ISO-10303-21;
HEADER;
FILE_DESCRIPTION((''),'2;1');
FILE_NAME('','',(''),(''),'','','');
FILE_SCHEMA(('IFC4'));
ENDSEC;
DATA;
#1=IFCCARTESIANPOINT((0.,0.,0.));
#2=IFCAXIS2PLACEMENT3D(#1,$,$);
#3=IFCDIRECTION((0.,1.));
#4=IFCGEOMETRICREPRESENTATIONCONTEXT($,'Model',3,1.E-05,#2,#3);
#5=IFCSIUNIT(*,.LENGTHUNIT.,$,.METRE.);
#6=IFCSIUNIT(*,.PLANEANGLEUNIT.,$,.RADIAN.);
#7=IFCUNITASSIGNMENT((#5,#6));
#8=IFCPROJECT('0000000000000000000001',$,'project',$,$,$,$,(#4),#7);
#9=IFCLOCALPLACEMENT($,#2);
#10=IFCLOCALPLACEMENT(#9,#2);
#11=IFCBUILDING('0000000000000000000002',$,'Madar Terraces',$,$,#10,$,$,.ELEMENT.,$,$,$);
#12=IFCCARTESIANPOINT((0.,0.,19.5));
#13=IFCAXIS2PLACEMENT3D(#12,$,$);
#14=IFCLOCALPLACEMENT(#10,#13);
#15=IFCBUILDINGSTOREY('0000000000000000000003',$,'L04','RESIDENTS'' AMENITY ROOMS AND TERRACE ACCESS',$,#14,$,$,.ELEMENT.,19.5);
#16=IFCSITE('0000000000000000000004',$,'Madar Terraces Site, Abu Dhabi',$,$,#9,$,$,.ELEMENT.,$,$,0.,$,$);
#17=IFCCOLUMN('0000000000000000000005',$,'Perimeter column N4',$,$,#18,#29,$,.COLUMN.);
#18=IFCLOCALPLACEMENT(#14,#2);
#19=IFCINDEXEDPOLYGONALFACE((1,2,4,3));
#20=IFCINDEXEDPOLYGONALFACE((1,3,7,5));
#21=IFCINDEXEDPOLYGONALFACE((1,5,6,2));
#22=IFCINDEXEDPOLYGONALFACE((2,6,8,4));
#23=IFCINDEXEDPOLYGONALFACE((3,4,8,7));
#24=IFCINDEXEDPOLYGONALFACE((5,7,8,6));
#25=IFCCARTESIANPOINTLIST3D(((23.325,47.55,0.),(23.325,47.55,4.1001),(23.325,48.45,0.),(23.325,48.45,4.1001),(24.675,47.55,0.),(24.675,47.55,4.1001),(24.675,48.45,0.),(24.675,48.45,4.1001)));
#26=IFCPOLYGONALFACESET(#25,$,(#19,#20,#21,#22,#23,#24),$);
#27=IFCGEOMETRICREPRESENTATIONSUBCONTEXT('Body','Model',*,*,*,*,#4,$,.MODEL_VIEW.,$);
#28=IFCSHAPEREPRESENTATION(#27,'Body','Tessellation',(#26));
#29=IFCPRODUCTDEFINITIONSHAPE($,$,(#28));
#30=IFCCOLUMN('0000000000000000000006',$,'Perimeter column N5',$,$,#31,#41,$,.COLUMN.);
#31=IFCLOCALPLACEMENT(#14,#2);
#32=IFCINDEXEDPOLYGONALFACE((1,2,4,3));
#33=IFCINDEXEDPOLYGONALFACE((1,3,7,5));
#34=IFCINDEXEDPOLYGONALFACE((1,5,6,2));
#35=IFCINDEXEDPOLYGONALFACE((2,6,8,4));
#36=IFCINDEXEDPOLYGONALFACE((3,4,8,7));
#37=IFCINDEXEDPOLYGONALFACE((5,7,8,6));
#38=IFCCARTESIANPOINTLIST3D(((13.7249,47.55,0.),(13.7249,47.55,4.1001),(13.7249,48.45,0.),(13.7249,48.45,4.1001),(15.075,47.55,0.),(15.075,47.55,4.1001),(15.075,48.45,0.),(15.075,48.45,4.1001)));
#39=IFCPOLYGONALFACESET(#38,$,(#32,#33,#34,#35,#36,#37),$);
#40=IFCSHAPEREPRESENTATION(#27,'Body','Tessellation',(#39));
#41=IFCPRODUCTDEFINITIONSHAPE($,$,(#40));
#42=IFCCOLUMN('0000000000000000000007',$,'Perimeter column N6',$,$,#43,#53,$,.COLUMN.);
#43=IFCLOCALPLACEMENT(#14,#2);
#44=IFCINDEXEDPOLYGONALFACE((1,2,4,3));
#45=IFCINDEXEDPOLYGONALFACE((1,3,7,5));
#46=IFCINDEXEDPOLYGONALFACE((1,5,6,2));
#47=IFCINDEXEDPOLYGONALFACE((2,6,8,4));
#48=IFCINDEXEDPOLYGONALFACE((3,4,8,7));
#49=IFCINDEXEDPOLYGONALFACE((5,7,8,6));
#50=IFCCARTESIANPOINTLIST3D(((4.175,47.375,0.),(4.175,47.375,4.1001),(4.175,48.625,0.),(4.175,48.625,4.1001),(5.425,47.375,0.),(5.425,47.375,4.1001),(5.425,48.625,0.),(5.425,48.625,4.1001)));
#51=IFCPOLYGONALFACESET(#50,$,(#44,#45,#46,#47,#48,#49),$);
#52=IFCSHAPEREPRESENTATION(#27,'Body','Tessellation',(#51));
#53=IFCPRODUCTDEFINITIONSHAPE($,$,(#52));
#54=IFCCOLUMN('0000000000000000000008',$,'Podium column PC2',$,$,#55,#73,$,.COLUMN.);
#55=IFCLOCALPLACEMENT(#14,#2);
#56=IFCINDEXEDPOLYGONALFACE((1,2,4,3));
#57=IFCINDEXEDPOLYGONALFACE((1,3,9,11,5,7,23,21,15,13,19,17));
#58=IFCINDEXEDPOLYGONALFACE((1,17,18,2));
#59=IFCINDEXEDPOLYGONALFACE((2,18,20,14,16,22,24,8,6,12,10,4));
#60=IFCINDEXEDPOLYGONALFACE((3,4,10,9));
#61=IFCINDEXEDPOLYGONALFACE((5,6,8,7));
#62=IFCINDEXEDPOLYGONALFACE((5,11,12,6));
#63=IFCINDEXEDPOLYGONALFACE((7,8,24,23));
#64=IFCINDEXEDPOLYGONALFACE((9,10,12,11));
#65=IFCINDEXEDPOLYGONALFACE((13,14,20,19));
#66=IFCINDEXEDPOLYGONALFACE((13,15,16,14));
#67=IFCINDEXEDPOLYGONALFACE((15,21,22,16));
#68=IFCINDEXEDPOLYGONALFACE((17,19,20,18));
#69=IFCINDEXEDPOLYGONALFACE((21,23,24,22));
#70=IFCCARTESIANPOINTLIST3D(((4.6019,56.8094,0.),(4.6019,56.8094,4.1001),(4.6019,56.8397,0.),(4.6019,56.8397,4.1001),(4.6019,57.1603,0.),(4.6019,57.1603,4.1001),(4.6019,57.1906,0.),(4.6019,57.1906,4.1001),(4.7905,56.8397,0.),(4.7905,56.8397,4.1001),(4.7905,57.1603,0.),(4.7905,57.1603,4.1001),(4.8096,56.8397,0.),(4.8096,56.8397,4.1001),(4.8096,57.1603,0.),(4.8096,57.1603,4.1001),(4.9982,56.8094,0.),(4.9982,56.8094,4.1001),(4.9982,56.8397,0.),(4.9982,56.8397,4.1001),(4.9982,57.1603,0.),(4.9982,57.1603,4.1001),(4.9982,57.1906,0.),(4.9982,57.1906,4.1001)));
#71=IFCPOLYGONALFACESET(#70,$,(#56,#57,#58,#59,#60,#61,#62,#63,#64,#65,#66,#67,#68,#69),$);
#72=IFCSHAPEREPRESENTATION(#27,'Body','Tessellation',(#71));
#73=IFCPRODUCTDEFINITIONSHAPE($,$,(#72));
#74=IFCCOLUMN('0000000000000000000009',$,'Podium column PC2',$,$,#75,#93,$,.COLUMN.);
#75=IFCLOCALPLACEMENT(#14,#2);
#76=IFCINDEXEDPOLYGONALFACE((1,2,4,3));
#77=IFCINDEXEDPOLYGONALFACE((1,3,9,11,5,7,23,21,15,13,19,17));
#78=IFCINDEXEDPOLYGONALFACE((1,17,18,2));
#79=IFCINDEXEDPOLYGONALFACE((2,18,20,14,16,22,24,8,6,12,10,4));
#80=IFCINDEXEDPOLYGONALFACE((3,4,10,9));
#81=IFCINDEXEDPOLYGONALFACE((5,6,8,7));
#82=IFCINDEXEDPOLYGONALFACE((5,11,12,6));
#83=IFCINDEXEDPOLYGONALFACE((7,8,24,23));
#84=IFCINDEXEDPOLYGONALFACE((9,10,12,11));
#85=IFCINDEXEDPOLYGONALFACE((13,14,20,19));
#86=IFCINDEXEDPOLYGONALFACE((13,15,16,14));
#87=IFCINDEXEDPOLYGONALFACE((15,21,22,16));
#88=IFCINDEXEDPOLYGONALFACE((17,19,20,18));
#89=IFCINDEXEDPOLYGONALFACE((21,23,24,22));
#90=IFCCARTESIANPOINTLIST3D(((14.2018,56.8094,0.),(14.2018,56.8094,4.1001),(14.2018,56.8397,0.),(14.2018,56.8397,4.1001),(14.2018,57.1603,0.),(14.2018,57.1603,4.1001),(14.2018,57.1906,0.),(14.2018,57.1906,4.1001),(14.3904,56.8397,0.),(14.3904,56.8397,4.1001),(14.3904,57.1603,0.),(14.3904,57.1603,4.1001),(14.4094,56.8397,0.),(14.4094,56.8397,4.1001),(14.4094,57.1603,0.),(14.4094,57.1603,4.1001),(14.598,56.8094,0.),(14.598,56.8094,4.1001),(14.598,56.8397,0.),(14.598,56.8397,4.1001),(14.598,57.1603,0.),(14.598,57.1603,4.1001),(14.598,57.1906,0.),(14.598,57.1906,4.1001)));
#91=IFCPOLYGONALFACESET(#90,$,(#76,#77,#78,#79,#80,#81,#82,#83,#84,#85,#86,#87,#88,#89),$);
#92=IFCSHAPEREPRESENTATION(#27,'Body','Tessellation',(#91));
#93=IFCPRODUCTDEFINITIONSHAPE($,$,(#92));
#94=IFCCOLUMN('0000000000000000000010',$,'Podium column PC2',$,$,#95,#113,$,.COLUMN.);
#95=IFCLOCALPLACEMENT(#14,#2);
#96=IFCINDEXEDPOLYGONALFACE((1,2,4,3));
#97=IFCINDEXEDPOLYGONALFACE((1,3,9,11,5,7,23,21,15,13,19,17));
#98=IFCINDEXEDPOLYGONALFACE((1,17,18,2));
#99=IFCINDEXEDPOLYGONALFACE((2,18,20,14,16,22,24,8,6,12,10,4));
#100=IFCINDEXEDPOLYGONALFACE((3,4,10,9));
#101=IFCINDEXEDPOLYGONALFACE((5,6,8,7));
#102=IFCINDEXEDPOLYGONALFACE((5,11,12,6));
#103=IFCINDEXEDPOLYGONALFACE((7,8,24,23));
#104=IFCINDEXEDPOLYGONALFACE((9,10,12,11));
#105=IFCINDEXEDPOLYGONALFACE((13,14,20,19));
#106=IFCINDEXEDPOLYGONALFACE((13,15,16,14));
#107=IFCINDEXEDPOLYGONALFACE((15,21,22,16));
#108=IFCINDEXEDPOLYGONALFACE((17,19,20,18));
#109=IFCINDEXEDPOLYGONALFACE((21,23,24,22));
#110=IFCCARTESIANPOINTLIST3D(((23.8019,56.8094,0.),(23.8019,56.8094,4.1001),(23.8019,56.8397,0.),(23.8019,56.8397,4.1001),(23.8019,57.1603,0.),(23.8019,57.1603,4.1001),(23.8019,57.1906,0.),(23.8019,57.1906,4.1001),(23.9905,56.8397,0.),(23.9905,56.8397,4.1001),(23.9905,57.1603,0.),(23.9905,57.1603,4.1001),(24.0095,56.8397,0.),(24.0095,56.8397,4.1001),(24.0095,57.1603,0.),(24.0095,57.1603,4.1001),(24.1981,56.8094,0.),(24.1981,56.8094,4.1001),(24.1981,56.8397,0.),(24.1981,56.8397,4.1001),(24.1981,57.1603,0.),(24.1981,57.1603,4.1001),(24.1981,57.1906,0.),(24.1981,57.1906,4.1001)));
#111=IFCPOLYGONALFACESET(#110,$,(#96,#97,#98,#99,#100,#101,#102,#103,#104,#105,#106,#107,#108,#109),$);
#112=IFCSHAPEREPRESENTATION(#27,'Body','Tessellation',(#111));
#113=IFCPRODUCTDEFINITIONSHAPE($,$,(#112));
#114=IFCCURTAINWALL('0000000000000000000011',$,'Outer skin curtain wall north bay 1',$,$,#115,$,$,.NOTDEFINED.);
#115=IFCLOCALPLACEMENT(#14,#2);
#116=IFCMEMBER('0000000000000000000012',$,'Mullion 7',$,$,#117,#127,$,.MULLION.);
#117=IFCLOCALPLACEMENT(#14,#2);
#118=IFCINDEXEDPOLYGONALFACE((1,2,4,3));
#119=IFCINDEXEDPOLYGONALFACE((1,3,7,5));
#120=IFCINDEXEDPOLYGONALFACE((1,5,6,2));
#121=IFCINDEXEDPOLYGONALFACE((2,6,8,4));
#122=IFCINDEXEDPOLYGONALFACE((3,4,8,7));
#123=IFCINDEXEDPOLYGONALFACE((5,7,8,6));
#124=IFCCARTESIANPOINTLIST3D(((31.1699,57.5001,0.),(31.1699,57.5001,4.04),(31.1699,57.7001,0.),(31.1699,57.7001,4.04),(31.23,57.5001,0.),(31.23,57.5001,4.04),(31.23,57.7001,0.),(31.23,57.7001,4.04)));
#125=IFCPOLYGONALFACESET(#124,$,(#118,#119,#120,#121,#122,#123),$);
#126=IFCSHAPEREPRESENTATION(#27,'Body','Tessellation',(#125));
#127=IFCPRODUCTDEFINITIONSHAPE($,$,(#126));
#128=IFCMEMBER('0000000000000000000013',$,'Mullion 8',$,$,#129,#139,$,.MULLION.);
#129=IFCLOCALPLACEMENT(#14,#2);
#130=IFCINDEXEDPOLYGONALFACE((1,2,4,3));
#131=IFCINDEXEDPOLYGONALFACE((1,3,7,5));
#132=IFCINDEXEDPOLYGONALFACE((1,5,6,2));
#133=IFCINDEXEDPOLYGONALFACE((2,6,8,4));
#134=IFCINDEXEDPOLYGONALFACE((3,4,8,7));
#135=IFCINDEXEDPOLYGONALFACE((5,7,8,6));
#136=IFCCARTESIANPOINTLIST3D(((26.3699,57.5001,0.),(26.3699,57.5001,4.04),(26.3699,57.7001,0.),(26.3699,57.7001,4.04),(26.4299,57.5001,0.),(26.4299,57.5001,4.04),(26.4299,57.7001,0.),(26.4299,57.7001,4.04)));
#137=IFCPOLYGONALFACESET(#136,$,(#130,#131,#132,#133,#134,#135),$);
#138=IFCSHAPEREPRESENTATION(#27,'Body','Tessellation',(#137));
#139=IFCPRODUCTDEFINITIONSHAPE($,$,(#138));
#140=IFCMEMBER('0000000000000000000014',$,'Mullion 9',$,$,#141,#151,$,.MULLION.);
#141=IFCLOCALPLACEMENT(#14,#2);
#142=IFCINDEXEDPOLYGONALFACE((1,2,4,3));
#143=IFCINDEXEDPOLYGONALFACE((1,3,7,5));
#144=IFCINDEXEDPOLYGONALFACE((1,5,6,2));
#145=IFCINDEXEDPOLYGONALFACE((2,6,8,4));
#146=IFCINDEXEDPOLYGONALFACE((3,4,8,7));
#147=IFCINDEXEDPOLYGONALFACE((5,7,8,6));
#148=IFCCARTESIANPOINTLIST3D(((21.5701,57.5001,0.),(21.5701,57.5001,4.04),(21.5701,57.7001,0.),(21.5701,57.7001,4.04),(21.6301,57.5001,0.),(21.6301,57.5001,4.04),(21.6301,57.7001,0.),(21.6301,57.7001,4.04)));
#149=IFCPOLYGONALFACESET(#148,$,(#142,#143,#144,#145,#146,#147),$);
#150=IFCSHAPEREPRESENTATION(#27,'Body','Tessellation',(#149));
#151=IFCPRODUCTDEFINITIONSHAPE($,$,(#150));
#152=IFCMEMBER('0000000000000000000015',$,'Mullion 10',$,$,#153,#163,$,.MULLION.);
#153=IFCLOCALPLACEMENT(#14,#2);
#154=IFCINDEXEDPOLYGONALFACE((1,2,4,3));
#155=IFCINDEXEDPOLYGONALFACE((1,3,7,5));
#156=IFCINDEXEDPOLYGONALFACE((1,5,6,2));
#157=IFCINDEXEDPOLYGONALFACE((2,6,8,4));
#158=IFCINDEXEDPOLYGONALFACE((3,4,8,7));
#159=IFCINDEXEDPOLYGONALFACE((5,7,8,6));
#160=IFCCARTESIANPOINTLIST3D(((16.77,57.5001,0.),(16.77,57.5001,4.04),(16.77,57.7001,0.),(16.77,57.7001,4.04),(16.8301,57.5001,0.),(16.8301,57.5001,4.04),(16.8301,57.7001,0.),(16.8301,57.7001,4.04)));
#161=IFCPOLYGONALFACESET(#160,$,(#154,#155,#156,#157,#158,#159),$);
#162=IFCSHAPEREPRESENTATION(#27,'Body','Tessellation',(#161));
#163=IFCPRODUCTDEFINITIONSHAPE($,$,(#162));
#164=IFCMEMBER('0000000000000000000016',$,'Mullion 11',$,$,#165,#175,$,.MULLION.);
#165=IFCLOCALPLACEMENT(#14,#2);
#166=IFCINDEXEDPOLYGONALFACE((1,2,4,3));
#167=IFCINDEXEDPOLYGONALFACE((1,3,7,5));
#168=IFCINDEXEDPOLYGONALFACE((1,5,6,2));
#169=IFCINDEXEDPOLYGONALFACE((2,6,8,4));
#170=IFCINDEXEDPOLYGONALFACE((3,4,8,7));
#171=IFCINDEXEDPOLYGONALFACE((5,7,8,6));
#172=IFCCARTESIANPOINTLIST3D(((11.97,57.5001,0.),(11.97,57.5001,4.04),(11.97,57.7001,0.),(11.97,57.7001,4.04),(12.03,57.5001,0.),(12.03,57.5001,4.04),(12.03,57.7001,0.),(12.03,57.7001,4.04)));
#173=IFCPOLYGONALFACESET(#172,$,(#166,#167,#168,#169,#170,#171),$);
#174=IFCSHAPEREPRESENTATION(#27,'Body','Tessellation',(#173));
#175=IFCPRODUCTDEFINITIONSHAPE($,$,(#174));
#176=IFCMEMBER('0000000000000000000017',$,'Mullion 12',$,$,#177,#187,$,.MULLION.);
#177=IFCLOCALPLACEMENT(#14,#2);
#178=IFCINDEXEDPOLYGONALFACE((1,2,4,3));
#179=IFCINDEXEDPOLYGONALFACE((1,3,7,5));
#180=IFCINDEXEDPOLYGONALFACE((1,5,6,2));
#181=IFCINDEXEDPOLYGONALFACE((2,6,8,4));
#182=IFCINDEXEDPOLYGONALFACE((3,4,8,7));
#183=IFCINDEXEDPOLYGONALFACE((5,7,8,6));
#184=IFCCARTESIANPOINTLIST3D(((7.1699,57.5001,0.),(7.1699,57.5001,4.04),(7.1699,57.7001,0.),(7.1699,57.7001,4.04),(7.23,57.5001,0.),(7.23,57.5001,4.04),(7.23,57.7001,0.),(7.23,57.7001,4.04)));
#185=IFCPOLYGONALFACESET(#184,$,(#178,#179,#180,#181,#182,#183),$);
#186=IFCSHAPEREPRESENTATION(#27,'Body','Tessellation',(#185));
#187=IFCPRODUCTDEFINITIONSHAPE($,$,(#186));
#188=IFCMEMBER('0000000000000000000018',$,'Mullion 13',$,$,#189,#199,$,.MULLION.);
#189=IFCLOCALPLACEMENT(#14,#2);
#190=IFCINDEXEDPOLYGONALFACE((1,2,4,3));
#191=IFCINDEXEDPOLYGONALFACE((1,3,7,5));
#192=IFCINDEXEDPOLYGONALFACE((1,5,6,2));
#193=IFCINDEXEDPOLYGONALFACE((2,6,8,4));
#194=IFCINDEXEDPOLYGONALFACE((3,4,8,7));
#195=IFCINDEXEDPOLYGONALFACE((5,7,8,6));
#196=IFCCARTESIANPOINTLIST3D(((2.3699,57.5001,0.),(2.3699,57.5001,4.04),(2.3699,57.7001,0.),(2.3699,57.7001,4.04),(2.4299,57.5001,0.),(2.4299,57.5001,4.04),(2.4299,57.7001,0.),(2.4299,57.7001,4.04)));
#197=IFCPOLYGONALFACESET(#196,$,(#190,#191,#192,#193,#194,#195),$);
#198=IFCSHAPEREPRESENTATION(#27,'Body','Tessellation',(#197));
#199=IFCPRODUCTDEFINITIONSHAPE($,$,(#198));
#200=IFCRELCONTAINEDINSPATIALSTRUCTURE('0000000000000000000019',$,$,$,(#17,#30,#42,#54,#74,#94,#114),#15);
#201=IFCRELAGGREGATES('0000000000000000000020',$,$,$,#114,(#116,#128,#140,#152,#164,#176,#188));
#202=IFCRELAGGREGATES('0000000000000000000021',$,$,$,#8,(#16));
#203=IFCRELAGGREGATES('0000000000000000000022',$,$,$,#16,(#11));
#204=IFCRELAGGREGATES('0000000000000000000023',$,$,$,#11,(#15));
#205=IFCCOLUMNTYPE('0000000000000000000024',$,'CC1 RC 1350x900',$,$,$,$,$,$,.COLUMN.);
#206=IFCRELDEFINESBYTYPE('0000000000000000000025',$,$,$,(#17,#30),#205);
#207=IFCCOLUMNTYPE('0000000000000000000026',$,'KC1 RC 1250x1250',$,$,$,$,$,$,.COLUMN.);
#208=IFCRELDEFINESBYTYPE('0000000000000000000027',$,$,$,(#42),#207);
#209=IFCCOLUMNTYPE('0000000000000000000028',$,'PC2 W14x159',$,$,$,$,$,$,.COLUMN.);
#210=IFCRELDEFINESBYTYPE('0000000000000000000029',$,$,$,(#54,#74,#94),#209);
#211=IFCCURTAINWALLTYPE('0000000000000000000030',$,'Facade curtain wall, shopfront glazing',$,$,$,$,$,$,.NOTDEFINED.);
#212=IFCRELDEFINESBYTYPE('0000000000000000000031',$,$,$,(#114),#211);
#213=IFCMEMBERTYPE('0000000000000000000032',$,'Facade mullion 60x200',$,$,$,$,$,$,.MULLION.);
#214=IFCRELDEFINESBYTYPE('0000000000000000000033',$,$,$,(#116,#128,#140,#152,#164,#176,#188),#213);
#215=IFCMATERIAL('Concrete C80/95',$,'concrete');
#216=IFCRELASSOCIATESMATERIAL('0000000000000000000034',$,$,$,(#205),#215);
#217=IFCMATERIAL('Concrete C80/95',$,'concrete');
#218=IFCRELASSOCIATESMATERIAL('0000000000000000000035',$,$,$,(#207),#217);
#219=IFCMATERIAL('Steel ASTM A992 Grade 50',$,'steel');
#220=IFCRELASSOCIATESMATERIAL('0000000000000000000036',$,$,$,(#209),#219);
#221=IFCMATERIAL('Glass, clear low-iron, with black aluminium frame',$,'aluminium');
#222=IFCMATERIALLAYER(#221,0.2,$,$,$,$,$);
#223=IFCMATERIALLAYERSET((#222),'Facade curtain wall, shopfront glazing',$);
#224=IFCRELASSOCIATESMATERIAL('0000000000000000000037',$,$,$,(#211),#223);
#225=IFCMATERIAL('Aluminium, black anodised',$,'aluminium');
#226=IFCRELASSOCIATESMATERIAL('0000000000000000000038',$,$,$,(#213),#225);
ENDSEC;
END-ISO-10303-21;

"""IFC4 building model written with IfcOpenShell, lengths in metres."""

from ifc_helpers import new_model, si_unit, direction, frame, origin, origin_2d, place, context, subcontext, project, spatial, rectangle, i_section, extrude, material, layer, layer_set, material_profile, profile_set, type_object, element, aggregate, save


model = new_model("IFC4")

# Units and contexts
model_context = context("Model", 3, precision=1e-05, world=origin(), true_north=direction((0.0, 1.0)))
body_context = subcontext(model_context, "Body", "Model", "MODEL_VIEW")
ifc_project = project(units=[si_unit("LENGTHUNIT", "METRE"), si_unit("PLANEANGLEUNIT", "RADIAN")], contexts=[model_context])

# Site, building, storey
site_placement = place(None, origin())
site = spatial("IfcSite", under=ifc_project, at=site_placement, Name="Madar Terraces Site, Abu Dhabi", CompositionType="ELEMENT", RefElevation=0.0)
building_placement = place(site_placement, origin())
building = spatial("IfcBuilding", under=site, at=building_placement, Name="Madar Terraces", CompositionType="ELEMENT")
storey_placement = place(building_placement, frame((0.0, 0.0, 19.5)))
storey = spatial("IfcBuildingStorey", under=building, at=storey_placement, Name="L04", Description="RESIDENTS' AMENITY ROOMS AND TERRACE ACCESS", CompositionType="ELEMENT", Elevation=19.5)

# Columns
ifc_material_1 = material(Name="Concrete C80/95", Category="concrete")
ifc_material_profile_1 = material_profile(ifc_material_1, rectangle(XDim=1.3501, YDim=0.8999, at=origin_2d()), Name="CC1 RC 1350x900")
ifc_profile_set_1 = profile_set([ifc_material_profile_1], Name="Concrete C80/95")
column_type_1 = type_object("IfcColumnType", Name="CC1 RC 1350x900", PredefinedType="COLUMN", material=ifc_profile_set_1)
for number, where, z_axis, x_axis, name in (
    (1, (24.0, 48.0, 0.0), (0.0, 0.0, 1.0), (1.0, 0.0, 0.0), "Perimeter column N4"),
    (2, (14.3999, 48.0, 0.0), (0.0, 0.0, 1.0), (1.0, 0.0, 0.0), "Perimeter column N5"),
):
    element("IfcColumn", number, at=place(storey_placement, frame(where, z_axis=z_axis, x_axis=x_axis)), inside=storey, type_object=column_type_1, Name=name, PredefinedType="COLUMN", context=body_context, shape_type="SweptSolid", body=[
        extrude(rectangle(XDim=1.3501, YDim=0.8999, at=origin_2d()), origin(), (0.0, 0.0, 1.0), 4.1001),
    ])
ifc_material_2 = material(Name="Concrete C80/95", Category="concrete")
ifc_material_profile_2 = material_profile(ifc_material_2, rectangle(XDim=1.25, YDim=1.25, at=origin_2d()), Name="KC1 RC 1250x1250")
ifc_profile_set_2 = profile_set([ifc_material_profile_2], Name="Concrete C80/95")
column_type_2 = type_object("IfcColumnType", Name="KC1 RC 1250x1250", PredefinedType="COLUMN", material=ifc_profile_set_2)
column_placement = place(storey_placement, frame((4.8, 48.0, 0.0), z_axis=(0.0, 0.0, 1.0), x_axis=(1.0, 0.0, 0.0)))
element("IfcColumn", 3, at=column_placement, inside=storey, type_object=column_type_2, Name="Perimeter column N6", PredefinedType="COLUMN", context=body_context, shape_type="SweptSolid", body=[
    extrude(rectangle(XDim=1.25, YDim=1.25, at=origin_2d()), origin(), (0.0, 0.0, 1.0), 4.1001),
])
ifc_material_3 = material(Name="Steel ASTM A992 Grade 50", Category="steel")
ifc_material_profile_3 = material_profile(ifc_material_3, i_section(OverallWidth=0.3962, OverallDepth=0.3811, WebThickness=0.019, FlangeThickness=0.0303, at=origin_2d()), Name="W14x159")
ifc_profile_set_3 = profile_set([ifc_material_profile_3], Name="Steel ASTM A992 Grade 50")
column_type_3 = type_object("IfcColumnType", Name="PC2 W14x159", PredefinedType="COLUMN", material=ifc_profile_set_3)
for number, where, z_axis, x_axis, name in (
    (4, (4.8, 57.0, 0.0), (0.0, 0.0, 1.0), (1.0, 0.0, 0.0), "Podium column PC2"),
    (5, (14.3999, 57.0, 0.0), (0.0, 0.0, 1.0), (1.0, 0.0, 0.0), "Podium column PC2"),
    (6, (24.0, 57.0, 0.0), (0.0, 0.0, 1.0), (1.0, 0.0, 0.0), "Podium column PC2"),
):
    element("IfcColumn", number, at=place(storey_placement, frame(where, z_axis=z_axis, x_axis=x_axis)), inside=storey, type_object=column_type_3, Name=name, PredefinedType="COLUMN", context=body_context, shape_type="SweptSolid", body=[
        extrude(i_section(OverallWidth=0.3962, OverallDepth=0.3811, WebThickness=0.019, FlangeThickness=0.0303, at=origin_2d()), origin(), (0.0, 0.0, 1.0), 4.1001),
    ])

# Curtain wall, members
ifc_material_4 = material(Name="Glass, clear low-iron, with black aluminium frame", Category="aluminium")
ifc_layer_1 = layer(ifc_material_4, 0.2)
ifc_layer_set_1 = layer_set([ifc_layer_1], Name="Facade curtain wall, shopfront glazing")
curtain_wall_type = type_object("IfcCurtainWallType", Name="Facade curtain wall, shopfront glazing", PredefinedType="NOTDEFINED", material=ifc_layer_set_1)
curtain_wall_placement = place(storey_placement, origin())
curtain_wall = element("IfcCurtainWall", 7, at=curtain_wall_placement, inside=storey, type_object=curtain_wall_type, Name="Outer skin curtain wall north bay 1", PredefinedType="NOTDEFINED")
ifc_material_5 = material(Name="Aluminium, black anodised", Category="aluminium")
ifc_material_profile_4 = material_profile(ifc_material_5, rectangle(XDim=0.2, YDim=0.0601, at=origin_2d()), Name="Facade mullion 60x200")
ifc_profile_set_4 = profile_set([ifc_material_profile_4], Name="Aluminium, black anodised")
member_type = type_object("IfcMemberType", Name="Facade mullion 60x200", PredefinedType="MULLION", material=ifc_profile_set_4)
member_1_placement = place(storey_placement, frame((31.2, 57.6001, 0.0), z_axis=(0.0, 0.0, 1.0), x_axis=(0.0, -1.0, 0.0)))
member_1 = element("IfcMember", 8, at=member_1_placement, type_object=member_type, Name="Mullion 7", PredefinedType="MULLION", context=body_context, shape_type="SweptSolid", body=[
    extrude(rectangle(XDim=0.2, YDim=0.0601, at=origin_2d()), origin(), (0.0, 0.0, 1.0), 4.04),
])
member_2_placement = place(storey_placement, frame((26.3999, 57.6001, 0.0), z_axis=(0.0, 0.0, 1.0), x_axis=(0.0, -1.0, 0.0)))
member_2 = element("IfcMember", 9, at=member_2_placement, type_object=member_type, Name="Mullion 8", PredefinedType="MULLION", context=body_context, shape_type="SweptSolid", body=[
    extrude(rectangle(XDim=0.2, YDim=0.0601, at=origin_2d()), origin(), (0.0, 0.0, 1.0), 4.04),
])
member_3_placement = place(storey_placement, frame((21.6001, 57.6001, 0.0), z_axis=(0.0, 0.0, 1.0), x_axis=(0.0, -1.0, 0.0)))
member_3 = element("IfcMember", 10, at=member_3_placement, type_object=member_type, Name="Mullion 9", PredefinedType="MULLION", context=body_context, shape_type="SweptSolid", body=[
    extrude(rectangle(XDim=0.2, YDim=0.0601, at=origin_2d()), origin(), (0.0, 0.0, 1.0), 4.04),
])
member_4_placement = place(storey_placement, frame((16.8, 57.6001, 0.0), z_axis=(0.0, 0.0, 1.0), x_axis=(0.0, -1.0, 0.0)))
member_4 = element("IfcMember", 11, at=member_4_placement, type_object=member_type, Name="Mullion 10", PredefinedType="MULLION", context=body_context, shape_type="SweptSolid", body=[
    extrude(rectangle(XDim=0.2, YDim=0.0601, at=origin_2d()), origin(), (0.0, 0.0, 1.0), 4.04),
])
member_5_placement = place(storey_placement, frame((12.0, 57.6001, 0.0), z_axis=(0.0, 0.0, 1.0), x_axis=(0.0, -1.0, 0.0)))
member_5 = element("IfcMember", 12, at=member_5_placement, type_object=member_type, Name="Mullion 11", PredefinedType="MULLION", context=body_context, shape_type="SweptSolid", body=[
    extrude(rectangle(XDim=0.2, YDim=0.0601, at=origin_2d()), origin(), (0.0, 0.0, 1.0), 4.04),
])
member_6_placement = place(storey_placement, frame((7.2, 57.6001, 0.0), z_axis=(0.0, 0.0, 1.0), x_axis=(0.0, -1.0, 0.0)))
member_6 = element("IfcMember", 13, at=member_6_placement, type_object=member_type, Name="Mullion 12", PredefinedType="MULLION", context=body_context, shape_type="SweptSolid", body=[
    extrude(rectangle(XDim=0.2, YDim=0.0601, at=origin_2d()), origin(), (0.0, 0.0, 1.0), 4.04),
])
member_7_placement = place(storey_placement, frame((2.3999, 57.6001, 0.0), z_axis=(0.0, 0.0, 1.0), x_axis=(0.0, -1.0, 0.0)))
member_7 = element("IfcMember", 14, at=member_7_placement, type_object=member_type, Name="Mullion 13", PredefinedType="MULLION", context=body_context, shape_type="SweptSolid", body=[
    extrude(rectangle(XDim=0.2, YDim=0.0601, at=origin_2d()), origin(), (0.0, 0.0, 1.0), 4.04),
])
aggregate(curtain_wall, [member_1, member_2, member_3, member_4, member_5, member_6, member_7])

save(model, "model.ifc")
